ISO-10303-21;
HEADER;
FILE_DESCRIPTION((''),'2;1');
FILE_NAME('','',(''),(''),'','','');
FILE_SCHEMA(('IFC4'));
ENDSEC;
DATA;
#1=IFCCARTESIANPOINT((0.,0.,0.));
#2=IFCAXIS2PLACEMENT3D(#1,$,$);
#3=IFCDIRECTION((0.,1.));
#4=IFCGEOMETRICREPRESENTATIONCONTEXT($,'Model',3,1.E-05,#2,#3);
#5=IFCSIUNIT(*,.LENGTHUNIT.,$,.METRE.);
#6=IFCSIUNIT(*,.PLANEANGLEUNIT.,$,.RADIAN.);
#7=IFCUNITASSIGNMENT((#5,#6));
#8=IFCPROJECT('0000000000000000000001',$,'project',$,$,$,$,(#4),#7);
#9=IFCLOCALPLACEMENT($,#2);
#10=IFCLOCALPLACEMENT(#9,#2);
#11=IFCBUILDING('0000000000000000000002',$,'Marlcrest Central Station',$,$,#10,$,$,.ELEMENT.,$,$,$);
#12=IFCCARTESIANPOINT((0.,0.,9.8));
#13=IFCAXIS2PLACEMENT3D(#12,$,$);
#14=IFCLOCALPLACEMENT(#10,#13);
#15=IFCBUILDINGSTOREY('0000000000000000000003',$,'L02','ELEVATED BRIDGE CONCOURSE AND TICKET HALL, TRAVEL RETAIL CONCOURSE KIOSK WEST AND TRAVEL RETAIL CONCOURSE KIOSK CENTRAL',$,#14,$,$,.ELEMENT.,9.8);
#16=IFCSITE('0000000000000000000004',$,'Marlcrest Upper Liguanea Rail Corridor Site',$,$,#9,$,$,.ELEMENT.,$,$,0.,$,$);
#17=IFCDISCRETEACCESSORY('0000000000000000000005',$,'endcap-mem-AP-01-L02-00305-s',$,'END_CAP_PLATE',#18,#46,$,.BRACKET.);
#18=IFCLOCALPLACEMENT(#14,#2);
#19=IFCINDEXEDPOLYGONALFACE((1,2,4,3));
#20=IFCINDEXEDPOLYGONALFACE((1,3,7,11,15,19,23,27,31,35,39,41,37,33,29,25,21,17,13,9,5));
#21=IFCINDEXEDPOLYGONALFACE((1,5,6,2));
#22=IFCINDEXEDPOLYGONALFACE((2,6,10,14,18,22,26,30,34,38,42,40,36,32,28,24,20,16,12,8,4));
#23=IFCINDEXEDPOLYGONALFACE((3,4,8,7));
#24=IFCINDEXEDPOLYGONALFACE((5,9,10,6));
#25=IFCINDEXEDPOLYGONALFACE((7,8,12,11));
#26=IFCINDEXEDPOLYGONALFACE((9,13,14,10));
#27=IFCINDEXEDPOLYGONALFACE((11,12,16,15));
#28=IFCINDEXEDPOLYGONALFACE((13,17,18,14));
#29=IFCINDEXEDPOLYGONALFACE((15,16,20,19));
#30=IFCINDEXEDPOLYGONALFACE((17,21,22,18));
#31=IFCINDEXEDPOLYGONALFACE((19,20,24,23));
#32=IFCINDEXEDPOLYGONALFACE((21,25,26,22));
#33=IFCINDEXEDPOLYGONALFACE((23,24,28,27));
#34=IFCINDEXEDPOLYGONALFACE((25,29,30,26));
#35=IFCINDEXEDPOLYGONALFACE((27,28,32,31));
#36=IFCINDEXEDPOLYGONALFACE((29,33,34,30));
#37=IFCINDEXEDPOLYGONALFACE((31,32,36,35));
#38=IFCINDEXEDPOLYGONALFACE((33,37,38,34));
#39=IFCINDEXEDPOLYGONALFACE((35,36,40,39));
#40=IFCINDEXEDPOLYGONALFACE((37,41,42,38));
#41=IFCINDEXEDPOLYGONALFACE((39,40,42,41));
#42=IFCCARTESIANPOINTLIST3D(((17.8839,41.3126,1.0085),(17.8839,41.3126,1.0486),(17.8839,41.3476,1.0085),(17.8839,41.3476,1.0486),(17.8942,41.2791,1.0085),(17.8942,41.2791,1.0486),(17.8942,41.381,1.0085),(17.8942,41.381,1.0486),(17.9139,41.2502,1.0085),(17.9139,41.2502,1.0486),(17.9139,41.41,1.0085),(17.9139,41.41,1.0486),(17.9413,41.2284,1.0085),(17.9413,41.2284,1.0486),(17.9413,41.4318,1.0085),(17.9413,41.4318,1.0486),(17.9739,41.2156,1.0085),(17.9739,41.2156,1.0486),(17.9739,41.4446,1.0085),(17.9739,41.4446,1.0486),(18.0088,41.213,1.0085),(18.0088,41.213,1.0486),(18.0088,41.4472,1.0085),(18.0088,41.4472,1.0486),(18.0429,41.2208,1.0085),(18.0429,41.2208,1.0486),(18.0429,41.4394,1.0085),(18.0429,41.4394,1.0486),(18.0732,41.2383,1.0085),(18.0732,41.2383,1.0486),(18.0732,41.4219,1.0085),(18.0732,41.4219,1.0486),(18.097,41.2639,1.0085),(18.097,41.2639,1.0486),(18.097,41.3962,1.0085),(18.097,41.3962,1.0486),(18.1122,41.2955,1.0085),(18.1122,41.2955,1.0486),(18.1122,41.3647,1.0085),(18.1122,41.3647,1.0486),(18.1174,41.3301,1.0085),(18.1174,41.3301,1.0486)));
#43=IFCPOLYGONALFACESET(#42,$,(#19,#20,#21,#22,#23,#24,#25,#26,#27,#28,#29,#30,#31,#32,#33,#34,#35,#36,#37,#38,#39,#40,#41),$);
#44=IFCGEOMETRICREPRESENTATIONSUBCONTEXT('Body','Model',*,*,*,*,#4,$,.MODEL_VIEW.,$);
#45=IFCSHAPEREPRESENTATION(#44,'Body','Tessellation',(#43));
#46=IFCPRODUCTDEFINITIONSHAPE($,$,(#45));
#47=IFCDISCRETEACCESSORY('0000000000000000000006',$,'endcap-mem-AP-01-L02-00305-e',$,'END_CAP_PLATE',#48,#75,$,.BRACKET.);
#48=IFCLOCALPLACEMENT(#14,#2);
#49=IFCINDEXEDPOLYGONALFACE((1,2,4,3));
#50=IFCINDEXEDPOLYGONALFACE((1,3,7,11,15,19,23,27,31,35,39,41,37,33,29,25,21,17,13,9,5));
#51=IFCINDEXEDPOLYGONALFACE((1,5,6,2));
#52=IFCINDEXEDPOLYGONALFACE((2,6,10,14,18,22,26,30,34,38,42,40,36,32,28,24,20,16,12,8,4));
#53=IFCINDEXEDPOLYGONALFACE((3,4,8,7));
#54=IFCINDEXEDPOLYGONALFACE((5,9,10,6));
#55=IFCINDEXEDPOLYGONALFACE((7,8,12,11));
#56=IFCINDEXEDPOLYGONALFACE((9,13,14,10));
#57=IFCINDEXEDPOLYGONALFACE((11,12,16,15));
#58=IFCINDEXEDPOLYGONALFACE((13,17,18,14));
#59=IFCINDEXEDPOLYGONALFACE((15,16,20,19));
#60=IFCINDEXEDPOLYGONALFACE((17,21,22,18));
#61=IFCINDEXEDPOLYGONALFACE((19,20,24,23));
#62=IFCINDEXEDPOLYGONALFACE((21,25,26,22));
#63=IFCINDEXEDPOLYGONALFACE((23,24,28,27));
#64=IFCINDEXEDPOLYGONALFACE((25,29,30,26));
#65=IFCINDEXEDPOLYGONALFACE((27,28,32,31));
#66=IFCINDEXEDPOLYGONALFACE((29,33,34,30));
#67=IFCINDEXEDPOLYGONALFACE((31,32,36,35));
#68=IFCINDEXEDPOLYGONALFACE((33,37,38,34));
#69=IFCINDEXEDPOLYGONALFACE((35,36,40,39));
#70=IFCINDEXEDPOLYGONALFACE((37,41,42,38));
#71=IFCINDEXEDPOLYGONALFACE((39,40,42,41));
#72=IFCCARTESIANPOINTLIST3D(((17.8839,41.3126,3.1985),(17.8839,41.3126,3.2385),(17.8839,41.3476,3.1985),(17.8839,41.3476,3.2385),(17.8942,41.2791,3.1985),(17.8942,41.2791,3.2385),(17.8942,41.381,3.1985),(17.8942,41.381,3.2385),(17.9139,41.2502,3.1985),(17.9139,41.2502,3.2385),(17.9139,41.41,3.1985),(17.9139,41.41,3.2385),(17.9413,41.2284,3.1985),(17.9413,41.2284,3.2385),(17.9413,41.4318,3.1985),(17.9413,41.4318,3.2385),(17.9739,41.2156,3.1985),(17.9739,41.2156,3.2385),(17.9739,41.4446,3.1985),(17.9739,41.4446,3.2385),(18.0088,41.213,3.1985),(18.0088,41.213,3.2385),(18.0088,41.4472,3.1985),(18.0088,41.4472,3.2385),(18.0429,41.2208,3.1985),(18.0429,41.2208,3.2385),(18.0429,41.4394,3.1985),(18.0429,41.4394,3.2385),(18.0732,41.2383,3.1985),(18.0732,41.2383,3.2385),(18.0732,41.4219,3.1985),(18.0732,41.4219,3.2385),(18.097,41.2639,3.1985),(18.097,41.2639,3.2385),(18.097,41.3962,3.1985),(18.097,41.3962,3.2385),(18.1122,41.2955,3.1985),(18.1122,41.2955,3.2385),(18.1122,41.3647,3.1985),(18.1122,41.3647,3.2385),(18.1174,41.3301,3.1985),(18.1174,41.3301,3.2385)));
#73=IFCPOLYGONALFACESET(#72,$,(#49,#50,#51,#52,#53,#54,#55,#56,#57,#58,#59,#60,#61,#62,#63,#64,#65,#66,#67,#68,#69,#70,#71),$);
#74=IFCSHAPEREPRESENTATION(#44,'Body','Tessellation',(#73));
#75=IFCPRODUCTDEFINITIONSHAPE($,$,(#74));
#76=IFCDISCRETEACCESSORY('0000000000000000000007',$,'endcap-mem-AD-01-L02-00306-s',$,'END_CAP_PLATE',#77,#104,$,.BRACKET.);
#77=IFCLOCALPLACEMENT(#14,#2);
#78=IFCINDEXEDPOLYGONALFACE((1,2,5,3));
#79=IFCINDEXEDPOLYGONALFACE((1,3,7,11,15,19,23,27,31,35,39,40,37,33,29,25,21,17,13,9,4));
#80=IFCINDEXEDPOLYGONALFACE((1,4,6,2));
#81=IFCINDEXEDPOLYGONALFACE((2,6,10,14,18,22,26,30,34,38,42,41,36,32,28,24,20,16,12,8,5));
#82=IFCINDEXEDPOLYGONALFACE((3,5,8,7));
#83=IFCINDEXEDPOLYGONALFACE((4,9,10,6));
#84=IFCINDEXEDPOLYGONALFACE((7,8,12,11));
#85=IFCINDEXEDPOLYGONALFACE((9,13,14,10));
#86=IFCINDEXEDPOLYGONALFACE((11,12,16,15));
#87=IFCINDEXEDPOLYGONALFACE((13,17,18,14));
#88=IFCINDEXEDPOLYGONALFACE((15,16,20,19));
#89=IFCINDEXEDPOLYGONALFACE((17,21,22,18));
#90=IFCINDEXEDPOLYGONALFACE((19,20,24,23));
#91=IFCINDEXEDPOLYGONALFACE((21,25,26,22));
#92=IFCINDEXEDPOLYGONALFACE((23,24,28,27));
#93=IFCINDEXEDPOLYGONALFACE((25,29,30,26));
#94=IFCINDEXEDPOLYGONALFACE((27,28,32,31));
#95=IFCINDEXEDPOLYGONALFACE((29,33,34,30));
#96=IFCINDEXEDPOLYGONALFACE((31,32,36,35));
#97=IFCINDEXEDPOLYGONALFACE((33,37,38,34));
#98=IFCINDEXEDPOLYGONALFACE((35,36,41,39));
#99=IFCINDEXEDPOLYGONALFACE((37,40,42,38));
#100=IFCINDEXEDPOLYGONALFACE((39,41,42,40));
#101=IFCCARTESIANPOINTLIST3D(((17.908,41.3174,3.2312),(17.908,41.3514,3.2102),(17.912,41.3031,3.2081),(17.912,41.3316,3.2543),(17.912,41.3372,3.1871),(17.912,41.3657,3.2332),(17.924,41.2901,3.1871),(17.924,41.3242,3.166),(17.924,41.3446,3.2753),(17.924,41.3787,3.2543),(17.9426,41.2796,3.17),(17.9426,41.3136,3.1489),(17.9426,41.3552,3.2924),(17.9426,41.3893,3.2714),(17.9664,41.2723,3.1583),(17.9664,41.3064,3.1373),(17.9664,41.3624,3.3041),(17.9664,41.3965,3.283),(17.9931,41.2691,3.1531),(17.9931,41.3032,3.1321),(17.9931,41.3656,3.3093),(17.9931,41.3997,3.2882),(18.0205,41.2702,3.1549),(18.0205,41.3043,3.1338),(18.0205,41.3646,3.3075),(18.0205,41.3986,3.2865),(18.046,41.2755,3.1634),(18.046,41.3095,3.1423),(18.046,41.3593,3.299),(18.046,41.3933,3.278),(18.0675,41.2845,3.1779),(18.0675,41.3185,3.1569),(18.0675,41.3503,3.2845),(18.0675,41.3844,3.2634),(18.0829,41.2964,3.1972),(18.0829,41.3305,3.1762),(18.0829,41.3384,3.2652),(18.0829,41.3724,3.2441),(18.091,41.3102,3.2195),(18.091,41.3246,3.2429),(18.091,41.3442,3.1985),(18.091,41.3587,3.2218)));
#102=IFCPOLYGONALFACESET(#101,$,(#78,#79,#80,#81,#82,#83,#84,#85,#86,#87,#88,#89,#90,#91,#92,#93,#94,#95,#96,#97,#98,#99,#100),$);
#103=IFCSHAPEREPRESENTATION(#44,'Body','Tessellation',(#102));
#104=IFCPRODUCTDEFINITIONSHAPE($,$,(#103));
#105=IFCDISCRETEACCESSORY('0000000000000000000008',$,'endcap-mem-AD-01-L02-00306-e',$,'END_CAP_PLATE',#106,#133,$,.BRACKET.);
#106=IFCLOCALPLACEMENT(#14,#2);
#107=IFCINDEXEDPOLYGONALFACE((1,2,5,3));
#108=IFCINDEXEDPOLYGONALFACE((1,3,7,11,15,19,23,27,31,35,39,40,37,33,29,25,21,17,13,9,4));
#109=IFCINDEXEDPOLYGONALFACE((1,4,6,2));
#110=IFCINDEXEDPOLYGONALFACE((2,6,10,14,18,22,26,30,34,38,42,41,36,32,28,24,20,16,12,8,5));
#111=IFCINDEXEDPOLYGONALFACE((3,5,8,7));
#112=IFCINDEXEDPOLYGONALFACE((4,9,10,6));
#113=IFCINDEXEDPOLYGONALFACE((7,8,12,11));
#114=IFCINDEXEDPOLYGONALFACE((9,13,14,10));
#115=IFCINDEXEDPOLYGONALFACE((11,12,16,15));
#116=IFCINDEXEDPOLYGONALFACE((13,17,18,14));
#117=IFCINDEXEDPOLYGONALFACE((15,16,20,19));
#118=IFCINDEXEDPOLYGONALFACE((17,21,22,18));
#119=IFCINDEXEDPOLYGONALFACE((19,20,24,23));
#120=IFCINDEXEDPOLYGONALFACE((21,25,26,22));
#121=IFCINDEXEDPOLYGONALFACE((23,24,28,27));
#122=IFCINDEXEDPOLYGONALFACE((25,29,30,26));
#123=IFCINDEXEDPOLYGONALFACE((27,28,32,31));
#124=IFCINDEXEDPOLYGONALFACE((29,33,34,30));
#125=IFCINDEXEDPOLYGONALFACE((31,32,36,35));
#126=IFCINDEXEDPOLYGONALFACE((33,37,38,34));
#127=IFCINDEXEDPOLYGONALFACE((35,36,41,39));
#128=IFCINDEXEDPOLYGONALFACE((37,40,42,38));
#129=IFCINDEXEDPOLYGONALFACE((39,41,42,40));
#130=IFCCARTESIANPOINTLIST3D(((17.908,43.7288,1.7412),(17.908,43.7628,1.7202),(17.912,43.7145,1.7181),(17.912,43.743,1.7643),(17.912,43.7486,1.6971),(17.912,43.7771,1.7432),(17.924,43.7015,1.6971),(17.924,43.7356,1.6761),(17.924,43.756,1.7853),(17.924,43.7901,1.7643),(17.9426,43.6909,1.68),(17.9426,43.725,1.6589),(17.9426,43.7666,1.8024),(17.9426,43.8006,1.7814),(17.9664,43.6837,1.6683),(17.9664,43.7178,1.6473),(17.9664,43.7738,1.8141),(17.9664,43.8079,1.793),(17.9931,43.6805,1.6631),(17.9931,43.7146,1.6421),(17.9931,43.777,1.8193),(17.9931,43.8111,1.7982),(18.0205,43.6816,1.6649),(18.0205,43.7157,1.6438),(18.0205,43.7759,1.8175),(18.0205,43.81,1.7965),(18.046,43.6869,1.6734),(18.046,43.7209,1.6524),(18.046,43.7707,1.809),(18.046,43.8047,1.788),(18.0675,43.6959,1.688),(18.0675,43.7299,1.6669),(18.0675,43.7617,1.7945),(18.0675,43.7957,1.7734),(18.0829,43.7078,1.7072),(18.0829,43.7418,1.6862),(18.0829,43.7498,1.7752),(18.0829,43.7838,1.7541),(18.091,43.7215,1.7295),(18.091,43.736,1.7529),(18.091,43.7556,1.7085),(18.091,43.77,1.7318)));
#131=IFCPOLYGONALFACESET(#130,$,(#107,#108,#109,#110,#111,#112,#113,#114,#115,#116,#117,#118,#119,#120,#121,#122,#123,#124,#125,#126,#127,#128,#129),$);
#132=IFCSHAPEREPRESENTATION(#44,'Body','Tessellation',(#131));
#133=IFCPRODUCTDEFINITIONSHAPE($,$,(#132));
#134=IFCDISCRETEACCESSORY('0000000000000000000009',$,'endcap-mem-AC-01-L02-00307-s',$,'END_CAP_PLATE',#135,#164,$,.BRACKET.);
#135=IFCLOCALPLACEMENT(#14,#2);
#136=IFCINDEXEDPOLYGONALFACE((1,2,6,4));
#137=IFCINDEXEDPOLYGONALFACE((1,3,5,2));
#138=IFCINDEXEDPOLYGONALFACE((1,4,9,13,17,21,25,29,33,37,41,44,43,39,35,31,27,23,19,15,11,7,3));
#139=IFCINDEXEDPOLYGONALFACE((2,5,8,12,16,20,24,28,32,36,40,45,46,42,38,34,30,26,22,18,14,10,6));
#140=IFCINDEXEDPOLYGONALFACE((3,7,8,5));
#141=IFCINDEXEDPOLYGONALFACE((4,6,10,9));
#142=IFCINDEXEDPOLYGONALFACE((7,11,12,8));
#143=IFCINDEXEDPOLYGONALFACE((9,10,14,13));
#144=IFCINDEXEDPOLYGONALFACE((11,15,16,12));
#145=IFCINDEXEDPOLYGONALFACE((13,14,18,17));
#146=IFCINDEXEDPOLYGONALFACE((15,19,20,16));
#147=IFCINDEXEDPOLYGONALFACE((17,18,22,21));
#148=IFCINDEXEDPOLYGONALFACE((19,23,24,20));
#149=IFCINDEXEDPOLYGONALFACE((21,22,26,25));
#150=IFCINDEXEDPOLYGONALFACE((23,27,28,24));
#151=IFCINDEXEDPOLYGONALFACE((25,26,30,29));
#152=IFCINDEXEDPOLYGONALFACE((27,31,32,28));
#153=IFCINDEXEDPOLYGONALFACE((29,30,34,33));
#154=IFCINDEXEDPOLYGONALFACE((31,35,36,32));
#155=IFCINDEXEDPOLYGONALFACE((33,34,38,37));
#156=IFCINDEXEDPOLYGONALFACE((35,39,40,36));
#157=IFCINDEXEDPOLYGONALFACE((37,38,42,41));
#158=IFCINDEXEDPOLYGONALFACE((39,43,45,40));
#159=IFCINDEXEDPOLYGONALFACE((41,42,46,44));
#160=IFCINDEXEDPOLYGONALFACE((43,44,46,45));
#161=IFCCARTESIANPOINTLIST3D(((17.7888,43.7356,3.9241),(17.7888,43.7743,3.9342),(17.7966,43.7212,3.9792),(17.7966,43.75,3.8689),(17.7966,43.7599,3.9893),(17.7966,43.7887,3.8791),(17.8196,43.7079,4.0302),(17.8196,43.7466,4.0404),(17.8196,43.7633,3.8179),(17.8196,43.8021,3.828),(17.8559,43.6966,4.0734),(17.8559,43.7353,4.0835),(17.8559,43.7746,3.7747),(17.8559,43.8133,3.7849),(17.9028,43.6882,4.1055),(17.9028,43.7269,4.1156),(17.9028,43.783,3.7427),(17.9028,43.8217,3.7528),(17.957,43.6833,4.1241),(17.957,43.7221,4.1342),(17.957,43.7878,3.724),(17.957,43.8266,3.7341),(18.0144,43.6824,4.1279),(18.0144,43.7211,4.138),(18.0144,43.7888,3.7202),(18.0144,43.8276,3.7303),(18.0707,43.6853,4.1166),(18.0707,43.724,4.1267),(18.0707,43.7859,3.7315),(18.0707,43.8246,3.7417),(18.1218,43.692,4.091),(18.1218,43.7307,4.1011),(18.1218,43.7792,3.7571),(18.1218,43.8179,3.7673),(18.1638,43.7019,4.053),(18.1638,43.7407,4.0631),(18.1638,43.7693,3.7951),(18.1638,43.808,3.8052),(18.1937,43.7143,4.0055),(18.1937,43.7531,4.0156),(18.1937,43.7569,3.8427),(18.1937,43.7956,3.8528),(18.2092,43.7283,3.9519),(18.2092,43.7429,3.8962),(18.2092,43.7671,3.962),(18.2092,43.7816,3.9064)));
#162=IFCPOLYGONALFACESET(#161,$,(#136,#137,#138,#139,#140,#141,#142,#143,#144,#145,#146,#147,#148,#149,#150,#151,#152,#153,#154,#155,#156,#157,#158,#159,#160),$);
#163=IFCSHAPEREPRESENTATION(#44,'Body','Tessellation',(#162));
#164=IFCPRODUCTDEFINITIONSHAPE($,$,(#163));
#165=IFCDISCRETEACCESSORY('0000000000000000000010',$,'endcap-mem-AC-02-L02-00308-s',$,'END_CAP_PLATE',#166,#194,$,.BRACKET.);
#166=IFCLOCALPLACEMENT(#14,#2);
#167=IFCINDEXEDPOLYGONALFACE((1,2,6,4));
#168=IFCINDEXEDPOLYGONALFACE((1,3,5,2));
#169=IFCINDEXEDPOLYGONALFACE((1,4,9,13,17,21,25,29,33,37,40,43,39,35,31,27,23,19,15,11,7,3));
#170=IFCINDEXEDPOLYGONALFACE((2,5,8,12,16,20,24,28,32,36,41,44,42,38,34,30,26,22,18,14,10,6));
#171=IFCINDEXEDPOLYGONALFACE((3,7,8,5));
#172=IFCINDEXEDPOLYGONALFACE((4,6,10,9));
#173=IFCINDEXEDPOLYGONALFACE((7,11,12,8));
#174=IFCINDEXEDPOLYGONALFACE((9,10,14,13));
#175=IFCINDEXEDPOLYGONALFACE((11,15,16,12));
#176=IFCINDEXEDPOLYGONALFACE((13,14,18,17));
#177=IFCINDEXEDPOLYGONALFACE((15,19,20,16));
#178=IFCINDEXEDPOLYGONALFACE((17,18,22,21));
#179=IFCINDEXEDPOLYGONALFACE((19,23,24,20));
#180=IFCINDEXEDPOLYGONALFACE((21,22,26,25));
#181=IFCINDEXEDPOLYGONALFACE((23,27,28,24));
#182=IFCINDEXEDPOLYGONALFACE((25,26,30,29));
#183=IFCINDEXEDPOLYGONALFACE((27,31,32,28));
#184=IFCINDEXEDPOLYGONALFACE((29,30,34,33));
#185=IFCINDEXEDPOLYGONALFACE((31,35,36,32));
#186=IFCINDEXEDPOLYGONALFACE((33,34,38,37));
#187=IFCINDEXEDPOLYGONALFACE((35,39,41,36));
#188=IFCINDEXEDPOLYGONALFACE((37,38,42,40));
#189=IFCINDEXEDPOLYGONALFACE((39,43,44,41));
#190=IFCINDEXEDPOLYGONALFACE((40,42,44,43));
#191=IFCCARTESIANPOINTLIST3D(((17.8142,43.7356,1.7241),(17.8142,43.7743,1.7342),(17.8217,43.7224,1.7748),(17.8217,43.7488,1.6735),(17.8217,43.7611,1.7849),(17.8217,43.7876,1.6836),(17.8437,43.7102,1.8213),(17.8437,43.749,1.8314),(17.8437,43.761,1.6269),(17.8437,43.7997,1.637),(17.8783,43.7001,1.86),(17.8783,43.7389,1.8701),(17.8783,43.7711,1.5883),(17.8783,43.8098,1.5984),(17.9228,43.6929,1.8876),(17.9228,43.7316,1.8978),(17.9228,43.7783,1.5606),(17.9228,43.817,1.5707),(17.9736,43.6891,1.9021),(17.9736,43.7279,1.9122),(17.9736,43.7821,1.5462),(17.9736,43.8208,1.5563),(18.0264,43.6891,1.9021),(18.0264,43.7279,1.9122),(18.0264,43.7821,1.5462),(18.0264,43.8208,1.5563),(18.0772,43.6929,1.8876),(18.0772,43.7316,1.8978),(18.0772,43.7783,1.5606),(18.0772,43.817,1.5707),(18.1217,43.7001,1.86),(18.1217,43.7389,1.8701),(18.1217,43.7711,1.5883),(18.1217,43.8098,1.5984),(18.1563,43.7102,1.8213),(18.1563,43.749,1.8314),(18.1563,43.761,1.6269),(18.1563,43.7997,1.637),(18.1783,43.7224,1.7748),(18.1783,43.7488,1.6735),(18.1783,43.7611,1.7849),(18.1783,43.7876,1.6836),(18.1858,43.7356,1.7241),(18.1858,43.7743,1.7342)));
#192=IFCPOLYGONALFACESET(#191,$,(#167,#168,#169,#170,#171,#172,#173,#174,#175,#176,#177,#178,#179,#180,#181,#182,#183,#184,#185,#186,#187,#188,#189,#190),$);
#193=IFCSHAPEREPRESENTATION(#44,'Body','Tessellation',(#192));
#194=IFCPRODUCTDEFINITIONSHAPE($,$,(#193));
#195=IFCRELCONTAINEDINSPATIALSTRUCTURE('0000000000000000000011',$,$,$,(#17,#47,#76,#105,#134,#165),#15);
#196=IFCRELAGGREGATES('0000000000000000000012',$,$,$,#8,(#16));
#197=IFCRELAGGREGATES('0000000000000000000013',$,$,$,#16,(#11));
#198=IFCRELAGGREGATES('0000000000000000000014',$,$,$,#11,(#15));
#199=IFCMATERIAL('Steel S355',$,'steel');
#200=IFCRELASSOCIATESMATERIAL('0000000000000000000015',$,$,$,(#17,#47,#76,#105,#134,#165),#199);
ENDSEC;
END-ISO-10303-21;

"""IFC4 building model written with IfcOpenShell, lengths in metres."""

from ifc_helpers import new_model, si_unit, direction, frame, origin, origin_2d, place, context, subcontext, project, spatial, circle, extrude, material, element, save


model = new_model("IFC4")

# Units and contexts
model_context = context("Model", 3, precision=1e-05, world=origin(), true_north=direction((0.0, 1.0)))
body_context = subcontext(model_context, "Body", "Model", "MODEL_VIEW")
ifc_project = project(units=[si_unit("LENGTHUNIT", "METRE"), si_unit("PLANEANGLEUNIT", "RADIAN")], contexts=[model_context])

# Site, building, storey
site_placement = place(None, origin())
site = spatial("IfcSite", under=ifc_project, at=site_placement, Name="Marlcrest Upper Liguanea Rail Corridor Site", CompositionType="ELEMENT", RefElevation=0.0)
building_placement = place(site_placement, origin())
building = spatial("IfcBuilding", under=site, at=building_placement, Name="Marlcrest Central Station", CompositionType="ELEMENT")
storey_placement = place(building_placement, frame((0.0, 0.0, 9.8)))
storey = spatial("IfcBuildingStorey", under=building, at=storey_placement, Name="L02", Description="ELEVATED BRIDGE CONCOURSE AND TICKET HALL, TRAVEL RETAIL CONCOURSE KIOSK WEST AND TRAVEL RETAIL CONCOURSE KIOSK CENTRAL", CompositionType="ELEMENT", Elevation=9.8)

# Shared definitions
ifc_material_1 = material(Name="Steel S355", Category="steel")

# Discrete accessories
for number, where, z_axis, x_axis, name in (
    (1, (18.0, 41.3301, 1.0085), (0.0, 0.0, 1.0), (1.0, 0.0, 0.0), "endcap-mem-AP-01-L02-00305-s"),
    (2, (18.0, 41.3301, 3.1985), (0.0, 0.0, 1.0), (1.0, 0.0, 0.0), "endcap-mem-AP-01-L02-00305-e"),
):
    element("IfcDiscreteAccessory", number, at=place(storey_placement, frame(where, z_axis=z_axis, x_axis=x_axis)), inside=storey, material=ifc_material_1, Name=name, ObjectType="END_CAP_PLATE", PredefinedType="BRACKET", context=body_context, shape_type="SweptSolid", body=[
        extrude(circle(Radius=0.1174, at=origin_2d()), origin(), (0.0, 0.0, 1.0), 0.04),
    ])
for number, where, z_axis, x_axis, name in (
    (3, (18.0, 41.3174, 3.2312), (0.0, 0.850687, -0.525672), (-1.0, 0.0, 0.0), "endcap-mem-AD-01-L02-00306-s"),
    (4, (18.0, 43.7288, 1.7412), (0.0, 0.850687, -0.525672), (-1.0, 0.0, 0.0), "endcap-mem-AD-01-L02-00306-e"),
):
    element("IfcDiscreteAccessory", number, at=place(storey_placement, frame(where, z_axis=z_axis, x_axis=x_axis)), inside=storey, material=ifc_material_1, Name=name, ObjectType="END_CAP_PLATE", PredefinedType="BRACKET", context=body_context, shape_type="SweptSolid", body=[
        extrude(circle(Radius=0.092, at=origin_2d()), origin(), (0.0, 0.0, 1.0), 0.04),
    ])
discrete_accessory_1_placement = place(storey_placement, frame((18.0, 43.7356, 3.9241), z_axis=(0.0, 0.967539, 0.25272), x_axis=(-1.0, 0.0, 0.0)))
element("IfcDiscreteAccessory", 5, at=discrete_accessory_1_placement, inside=storey, material=ifc_material_1, Name="endcap-mem-AC-01-L02-00307-s", ObjectType="END_CAP_PLATE", PredefinedType="BRACKET", context=body_context, shape_type="SweptSolid", body=[
    extrude(circle(Radius=0.2112, at=origin_2d()), origin(), (0.0, 0.0, 1.0), 0.04),
])
discrete_accessory_2_placement = place(storey_placement, frame((18.0, 43.7356, 1.7241), z_axis=(0.0, 0.967563, 0.252629), x_axis=(-1.0, 0.0, 0.0)))
element("IfcDiscreteAccessory", 6, at=discrete_accessory_2_placement, inside=storey, material=ifc_material_1, Name="endcap-mem-AC-02-L02-00308-s", ObjectType="END_CAP_PLATE", PredefinedType="BRACKET", context=body_context, shape_type="SweptSolid", body=[
    extrude(circle(Radius=0.1858, at=origin_2d()), origin(), (0.0, 0.0, 1.0), 0.04),
])

save(model, "model.ifc")
